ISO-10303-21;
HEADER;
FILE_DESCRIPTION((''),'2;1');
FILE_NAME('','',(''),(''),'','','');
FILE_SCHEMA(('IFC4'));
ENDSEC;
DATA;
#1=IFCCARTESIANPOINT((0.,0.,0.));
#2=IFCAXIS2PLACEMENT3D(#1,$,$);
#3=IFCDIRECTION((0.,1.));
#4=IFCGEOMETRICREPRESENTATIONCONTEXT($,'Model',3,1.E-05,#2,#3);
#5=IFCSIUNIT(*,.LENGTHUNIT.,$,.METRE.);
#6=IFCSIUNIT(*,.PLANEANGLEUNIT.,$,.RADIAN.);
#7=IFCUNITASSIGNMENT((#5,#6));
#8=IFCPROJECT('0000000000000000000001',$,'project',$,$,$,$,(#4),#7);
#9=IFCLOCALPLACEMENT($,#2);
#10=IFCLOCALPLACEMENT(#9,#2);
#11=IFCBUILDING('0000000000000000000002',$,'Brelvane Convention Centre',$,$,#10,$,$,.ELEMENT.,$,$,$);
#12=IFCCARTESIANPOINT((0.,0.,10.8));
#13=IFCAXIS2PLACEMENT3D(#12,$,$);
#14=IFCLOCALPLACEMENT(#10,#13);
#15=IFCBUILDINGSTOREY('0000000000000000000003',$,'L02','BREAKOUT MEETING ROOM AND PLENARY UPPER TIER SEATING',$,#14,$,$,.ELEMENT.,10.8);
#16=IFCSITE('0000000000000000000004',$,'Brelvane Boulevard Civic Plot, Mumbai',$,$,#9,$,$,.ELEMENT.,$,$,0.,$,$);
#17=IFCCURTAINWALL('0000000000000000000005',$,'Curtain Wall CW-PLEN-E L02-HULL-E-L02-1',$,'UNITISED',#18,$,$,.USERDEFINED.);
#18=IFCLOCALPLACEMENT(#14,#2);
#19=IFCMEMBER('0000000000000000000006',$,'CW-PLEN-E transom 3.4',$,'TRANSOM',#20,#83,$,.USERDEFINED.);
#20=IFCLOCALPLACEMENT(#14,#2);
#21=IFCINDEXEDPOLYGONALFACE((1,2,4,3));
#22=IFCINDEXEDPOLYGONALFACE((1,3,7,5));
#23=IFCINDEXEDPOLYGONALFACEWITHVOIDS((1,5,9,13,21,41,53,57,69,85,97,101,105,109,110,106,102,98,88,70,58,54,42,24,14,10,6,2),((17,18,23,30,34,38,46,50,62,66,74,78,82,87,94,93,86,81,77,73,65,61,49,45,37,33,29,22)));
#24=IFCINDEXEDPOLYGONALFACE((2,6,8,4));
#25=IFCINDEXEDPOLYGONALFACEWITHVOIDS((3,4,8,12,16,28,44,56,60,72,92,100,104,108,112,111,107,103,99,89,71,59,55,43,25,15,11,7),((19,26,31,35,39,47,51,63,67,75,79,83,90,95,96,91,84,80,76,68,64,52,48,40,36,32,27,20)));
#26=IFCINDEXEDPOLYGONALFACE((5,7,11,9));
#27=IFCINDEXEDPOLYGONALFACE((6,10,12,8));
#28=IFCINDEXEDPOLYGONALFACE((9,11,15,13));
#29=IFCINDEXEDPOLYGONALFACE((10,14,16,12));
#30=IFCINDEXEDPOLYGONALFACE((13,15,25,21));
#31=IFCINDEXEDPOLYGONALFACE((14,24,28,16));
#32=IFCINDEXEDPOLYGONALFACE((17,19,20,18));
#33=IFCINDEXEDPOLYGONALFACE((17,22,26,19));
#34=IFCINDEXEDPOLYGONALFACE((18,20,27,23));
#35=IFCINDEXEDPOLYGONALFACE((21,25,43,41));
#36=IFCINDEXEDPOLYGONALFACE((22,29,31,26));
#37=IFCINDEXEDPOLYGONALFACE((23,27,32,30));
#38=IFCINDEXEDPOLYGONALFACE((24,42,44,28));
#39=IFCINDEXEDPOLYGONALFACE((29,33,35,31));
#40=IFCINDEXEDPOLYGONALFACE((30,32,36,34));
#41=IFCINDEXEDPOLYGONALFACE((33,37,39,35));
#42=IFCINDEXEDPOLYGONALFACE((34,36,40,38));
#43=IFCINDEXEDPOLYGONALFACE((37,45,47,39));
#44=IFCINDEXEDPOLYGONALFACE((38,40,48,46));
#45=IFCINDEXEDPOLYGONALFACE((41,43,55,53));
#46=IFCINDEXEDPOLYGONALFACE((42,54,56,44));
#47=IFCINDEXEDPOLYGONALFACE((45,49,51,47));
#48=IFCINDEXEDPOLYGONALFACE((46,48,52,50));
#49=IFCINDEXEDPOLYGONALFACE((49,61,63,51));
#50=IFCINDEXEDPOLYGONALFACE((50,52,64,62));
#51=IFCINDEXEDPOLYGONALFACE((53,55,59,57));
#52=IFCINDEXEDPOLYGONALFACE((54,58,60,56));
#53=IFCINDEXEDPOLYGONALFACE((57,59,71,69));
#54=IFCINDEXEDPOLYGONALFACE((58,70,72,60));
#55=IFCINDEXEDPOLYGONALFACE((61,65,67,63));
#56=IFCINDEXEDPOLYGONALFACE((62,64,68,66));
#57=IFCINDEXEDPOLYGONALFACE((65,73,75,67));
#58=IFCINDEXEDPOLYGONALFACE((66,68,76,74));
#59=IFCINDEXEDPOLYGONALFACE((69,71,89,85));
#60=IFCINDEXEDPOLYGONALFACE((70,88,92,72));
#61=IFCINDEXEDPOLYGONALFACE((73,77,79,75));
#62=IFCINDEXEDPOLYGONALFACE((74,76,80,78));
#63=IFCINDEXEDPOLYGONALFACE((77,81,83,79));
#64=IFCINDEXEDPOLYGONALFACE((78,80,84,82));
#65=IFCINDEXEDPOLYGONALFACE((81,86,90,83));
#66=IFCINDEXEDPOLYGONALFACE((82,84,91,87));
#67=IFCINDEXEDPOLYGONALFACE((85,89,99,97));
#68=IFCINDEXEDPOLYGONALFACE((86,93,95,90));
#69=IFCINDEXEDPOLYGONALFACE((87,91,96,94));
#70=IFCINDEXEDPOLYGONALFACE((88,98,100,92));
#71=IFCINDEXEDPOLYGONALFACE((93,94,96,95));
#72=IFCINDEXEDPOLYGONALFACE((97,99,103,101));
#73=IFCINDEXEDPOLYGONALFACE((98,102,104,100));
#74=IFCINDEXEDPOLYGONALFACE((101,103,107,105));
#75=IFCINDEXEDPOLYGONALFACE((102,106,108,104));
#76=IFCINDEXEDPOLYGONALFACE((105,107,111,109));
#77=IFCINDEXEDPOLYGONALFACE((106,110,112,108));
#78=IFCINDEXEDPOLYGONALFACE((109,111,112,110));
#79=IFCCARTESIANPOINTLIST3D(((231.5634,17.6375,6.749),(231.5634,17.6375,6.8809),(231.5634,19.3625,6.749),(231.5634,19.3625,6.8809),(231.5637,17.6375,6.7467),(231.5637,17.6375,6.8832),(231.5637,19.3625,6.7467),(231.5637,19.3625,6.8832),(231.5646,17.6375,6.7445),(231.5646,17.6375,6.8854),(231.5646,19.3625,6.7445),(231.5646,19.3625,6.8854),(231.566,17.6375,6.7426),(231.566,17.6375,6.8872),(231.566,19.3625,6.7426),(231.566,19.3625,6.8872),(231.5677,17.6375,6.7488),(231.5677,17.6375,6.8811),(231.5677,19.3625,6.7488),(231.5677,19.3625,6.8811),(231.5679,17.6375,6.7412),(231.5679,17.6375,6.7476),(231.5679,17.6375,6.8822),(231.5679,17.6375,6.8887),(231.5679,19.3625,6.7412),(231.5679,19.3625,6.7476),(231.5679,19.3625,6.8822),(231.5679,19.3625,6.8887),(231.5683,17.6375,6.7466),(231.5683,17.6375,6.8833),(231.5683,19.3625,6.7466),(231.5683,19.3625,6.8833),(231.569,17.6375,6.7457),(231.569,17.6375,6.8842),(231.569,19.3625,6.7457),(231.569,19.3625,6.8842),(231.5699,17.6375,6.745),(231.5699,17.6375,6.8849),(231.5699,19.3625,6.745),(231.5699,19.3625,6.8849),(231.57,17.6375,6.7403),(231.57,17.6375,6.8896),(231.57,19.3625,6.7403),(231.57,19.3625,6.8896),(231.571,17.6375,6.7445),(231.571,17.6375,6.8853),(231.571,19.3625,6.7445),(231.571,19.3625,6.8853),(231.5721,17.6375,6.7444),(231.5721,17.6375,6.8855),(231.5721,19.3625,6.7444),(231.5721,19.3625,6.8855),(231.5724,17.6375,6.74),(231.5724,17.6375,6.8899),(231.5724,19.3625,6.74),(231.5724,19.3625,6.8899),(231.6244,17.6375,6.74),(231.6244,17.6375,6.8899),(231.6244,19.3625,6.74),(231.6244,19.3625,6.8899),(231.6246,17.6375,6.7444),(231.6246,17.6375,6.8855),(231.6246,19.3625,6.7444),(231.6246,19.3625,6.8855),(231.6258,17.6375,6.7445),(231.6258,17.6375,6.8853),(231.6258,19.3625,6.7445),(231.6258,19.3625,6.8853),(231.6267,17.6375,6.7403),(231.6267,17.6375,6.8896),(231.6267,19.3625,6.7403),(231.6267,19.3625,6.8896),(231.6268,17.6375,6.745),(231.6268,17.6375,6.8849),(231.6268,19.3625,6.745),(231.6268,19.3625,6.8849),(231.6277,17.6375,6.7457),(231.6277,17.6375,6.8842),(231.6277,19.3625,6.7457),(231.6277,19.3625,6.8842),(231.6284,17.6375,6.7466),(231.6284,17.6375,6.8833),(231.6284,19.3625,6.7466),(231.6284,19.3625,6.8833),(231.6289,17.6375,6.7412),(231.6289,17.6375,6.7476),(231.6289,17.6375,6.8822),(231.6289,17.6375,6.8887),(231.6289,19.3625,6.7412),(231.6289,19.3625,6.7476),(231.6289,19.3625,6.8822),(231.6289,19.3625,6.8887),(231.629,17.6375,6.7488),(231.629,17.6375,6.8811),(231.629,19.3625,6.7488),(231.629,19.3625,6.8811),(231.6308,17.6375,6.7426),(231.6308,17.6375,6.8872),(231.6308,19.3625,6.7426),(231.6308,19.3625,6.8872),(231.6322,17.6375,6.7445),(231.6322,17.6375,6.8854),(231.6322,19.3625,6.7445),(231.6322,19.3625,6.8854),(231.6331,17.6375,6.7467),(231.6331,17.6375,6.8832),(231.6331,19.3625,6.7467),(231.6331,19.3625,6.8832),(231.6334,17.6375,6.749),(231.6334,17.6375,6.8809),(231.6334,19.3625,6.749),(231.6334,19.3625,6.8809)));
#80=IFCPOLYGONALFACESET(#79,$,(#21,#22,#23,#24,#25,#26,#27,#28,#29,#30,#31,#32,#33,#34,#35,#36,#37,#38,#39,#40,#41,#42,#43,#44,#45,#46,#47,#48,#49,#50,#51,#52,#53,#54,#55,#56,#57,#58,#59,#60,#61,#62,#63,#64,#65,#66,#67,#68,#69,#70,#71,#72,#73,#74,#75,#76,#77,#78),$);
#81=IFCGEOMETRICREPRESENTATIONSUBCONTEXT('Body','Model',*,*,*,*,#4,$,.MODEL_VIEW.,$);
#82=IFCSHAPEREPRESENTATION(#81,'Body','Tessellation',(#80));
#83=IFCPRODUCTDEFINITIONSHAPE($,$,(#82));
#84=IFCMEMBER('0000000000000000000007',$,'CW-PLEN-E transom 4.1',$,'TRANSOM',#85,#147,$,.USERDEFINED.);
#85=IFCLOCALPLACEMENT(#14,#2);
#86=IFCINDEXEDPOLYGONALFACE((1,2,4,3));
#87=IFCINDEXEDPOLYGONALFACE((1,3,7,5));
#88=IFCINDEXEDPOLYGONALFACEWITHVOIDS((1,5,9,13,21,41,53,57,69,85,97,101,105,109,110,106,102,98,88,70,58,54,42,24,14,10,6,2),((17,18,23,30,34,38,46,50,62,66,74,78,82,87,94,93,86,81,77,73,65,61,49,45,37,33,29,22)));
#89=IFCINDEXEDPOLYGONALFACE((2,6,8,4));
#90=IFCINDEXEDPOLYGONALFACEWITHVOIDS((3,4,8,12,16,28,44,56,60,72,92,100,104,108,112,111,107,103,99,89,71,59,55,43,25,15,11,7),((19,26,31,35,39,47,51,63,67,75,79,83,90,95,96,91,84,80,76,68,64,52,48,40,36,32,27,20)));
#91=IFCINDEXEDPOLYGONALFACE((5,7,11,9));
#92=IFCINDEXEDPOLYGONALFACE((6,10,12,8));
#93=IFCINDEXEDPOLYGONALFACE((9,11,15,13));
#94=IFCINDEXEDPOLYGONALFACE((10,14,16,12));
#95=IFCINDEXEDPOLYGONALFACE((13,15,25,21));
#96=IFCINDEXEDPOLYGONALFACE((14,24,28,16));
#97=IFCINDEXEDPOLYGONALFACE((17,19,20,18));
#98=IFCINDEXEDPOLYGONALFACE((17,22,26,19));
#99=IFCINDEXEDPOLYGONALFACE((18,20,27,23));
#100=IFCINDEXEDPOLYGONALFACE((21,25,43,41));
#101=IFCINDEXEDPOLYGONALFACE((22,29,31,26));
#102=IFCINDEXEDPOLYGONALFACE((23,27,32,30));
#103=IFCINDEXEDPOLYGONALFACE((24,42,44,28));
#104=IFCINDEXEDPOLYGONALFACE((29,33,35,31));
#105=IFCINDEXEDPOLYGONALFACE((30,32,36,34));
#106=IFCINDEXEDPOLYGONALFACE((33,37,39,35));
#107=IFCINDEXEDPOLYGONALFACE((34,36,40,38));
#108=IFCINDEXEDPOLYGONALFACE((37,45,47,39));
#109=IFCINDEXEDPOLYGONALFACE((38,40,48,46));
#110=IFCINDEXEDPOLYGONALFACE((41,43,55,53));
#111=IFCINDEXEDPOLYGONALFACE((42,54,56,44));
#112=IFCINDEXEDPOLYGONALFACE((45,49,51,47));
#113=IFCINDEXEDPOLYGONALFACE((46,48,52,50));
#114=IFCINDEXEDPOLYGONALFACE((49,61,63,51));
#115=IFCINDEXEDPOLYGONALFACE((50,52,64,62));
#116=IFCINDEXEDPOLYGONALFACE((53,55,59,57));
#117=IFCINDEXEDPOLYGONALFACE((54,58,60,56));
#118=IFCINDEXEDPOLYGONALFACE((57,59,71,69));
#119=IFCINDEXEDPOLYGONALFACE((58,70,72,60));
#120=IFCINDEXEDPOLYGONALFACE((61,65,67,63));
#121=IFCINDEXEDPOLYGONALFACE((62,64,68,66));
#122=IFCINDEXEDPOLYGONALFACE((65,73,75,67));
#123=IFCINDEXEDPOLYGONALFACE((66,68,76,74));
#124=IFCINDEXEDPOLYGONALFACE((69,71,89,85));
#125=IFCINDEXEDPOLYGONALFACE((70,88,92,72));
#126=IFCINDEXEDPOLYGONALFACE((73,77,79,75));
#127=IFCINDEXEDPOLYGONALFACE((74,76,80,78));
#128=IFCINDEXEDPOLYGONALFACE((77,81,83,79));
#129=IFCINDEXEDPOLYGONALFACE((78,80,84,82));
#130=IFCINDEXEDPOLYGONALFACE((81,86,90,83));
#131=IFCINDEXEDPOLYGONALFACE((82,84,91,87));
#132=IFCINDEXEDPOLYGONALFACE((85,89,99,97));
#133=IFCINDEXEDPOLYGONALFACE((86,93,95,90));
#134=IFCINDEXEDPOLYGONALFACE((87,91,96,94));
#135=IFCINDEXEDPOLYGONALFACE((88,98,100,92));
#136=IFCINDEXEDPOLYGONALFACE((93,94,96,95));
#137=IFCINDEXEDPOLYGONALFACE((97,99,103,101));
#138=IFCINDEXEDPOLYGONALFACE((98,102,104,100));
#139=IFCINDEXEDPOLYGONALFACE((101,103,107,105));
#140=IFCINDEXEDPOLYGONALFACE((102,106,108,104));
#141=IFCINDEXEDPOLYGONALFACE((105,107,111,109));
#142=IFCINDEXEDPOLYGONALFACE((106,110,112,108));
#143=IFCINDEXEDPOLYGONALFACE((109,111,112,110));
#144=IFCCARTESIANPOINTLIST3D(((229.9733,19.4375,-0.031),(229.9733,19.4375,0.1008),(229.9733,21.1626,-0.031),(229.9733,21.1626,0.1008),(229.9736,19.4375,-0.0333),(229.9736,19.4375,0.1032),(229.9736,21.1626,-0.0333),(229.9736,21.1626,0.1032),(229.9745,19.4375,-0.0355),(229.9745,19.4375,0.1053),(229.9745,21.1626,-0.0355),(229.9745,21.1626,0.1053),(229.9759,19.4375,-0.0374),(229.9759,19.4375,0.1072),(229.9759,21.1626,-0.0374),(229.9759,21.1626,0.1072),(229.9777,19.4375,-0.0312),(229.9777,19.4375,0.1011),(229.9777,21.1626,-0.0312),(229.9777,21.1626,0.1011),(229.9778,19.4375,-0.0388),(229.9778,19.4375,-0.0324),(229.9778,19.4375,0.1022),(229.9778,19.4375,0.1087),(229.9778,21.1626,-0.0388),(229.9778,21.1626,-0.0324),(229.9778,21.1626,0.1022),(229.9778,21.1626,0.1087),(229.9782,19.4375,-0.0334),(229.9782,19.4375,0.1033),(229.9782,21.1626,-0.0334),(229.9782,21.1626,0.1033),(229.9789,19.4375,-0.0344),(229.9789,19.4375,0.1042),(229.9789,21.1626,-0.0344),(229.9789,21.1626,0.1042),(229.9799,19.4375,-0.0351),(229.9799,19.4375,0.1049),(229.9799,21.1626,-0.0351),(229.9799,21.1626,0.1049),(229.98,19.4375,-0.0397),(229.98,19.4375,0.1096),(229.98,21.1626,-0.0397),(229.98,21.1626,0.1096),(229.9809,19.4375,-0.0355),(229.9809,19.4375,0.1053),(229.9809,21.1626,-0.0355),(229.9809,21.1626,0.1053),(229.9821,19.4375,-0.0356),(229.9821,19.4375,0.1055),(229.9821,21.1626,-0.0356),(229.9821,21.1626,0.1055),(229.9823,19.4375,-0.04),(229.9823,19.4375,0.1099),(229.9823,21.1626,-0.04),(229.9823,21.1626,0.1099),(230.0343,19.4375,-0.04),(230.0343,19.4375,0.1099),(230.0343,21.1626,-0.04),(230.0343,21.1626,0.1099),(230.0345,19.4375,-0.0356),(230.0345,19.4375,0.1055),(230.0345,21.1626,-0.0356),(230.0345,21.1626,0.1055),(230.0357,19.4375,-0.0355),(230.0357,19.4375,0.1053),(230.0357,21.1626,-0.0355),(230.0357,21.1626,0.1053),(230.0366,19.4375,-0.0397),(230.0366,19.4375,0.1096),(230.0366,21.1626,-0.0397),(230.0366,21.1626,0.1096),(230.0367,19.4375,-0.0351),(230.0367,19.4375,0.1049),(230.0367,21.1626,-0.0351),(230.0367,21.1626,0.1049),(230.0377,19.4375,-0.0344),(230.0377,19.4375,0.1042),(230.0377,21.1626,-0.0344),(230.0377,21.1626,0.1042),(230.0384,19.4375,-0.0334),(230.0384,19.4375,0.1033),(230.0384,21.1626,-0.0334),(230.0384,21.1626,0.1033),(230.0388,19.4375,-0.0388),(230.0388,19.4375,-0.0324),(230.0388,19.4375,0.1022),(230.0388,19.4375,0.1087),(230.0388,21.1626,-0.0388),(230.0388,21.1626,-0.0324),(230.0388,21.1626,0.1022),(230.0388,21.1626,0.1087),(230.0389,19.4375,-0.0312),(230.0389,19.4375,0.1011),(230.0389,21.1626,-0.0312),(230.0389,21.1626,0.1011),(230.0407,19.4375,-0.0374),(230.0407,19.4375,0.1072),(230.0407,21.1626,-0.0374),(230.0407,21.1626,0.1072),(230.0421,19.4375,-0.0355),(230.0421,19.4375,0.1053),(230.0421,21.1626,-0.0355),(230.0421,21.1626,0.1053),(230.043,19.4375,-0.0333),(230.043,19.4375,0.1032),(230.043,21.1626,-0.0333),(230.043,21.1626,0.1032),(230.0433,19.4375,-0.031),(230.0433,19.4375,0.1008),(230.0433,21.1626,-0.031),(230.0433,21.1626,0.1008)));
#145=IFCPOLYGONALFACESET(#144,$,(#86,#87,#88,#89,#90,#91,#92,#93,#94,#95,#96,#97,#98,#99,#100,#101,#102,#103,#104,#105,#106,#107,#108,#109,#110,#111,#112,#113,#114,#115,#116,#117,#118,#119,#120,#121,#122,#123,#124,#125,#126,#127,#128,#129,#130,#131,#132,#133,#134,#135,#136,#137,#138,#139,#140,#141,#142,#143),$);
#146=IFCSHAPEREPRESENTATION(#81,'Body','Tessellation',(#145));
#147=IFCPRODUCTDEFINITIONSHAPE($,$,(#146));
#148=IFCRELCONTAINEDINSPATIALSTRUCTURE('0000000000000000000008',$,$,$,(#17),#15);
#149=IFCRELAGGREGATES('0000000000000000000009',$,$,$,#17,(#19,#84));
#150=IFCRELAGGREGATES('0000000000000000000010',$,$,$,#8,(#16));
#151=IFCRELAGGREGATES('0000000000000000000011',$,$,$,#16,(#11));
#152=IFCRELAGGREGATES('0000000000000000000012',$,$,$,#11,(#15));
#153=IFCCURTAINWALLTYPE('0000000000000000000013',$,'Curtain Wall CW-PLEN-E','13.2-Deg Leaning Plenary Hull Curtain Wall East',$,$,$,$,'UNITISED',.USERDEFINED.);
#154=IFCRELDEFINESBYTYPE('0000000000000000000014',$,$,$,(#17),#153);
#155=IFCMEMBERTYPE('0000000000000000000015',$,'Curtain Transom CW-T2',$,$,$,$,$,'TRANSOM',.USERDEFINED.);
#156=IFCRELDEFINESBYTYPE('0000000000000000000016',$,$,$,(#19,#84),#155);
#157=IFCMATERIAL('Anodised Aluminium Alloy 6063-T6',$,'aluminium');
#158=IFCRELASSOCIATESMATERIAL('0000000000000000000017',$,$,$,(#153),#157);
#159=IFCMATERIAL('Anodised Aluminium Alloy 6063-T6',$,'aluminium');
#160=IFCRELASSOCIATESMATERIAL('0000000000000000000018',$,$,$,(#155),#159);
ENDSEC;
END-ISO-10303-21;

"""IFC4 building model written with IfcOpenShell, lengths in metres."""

from ifc_helpers import new_model, si_unit, direction, frame, origin, origin_2d, place, context, subcontext, project, spatial, hollow_rectangle, extrude, material, material_profile, profile_set, type_object, element, aggregate, save


model = new_model("IFC4")

# Units and contexts
model_context = context("Model", 3, precision=1e-05, world=origin(), true_north=direction((0.0, 1.0)))
body_context = subcontext(model_context, "Body", "Model", "MODEL_VIEW")
ifc_project = project(units=[si_unit("LENGTHUNIT", "METRE"), si_unit("PLANEANGLEUNIT", "RADIAN")], contexts=[model_context])

# Site, building, storey
site_placement = place(None, origin())
site = spatial("IfcSite", under=ifc_project, at=site_placement, Name="Brelvane Boulevard Civic Plot, Mumbai", CompositionType="ELEMENT", RefElevation=0.0)
building_placement = place(site_placement, origin())
building = spatial("IfcBuilding", under=site, at=building_placement, Name="Brelvane Convention Centre", CompositionType="ELEMENT")
storey_placement = place(building_placement, frame((0.0, 0.0, 10.8)))
storey = spatial("IfcBuildingStorey", under=building, at=storey_placement, Name="L02", Description="BREAKOUT MEETING ROOM AND PLENARY UPPER TIER SEATING", CompositionType="ELEMENT", Elevation=10.8)

# Curtain wall, members
ifc_material_1 = material(Name="Anodised Aluminium Alloy 6063-T6", Category="aluminium")
curtain_wall_type = type_object("IfcCurtainWallType", Name="Curtain Wall CW-PLEN-E", Description="13.2-Deg Leaning Plenary Hull Curtain Wall East", ElementType="UNITISED", PredefinedType="USERDEFINED", material=ifc_material_1)
curtain_wall_placement = place(storey_placement, origin())
curtain_wall = element("IfcCurtainWall", 1, at=curtain_wall_placement, inside=storey, type_object=curtain_wall_type, Name="Curtain Wall CW-PLEN-E L02-HULL-E-L02-1", ObjectType="UNITISED", PredefinedType="USERDEFINED")
ifc_material_2 = material(Name="Anodised Aluminium Alloy 6063-T6", Category="aluminium")
ifc_material_profile_1 = material_profile(ifc_material_2, hollow_rectangle(XDim=0.0701, YDim=0.1499, WallThickness=0.0044, InnerFilletRadius=0.0044, OuterFilletRadius=0.009, at=origin_2d()), Name="ALU-T 150x70x4.5")
ifc_profile_set_1 = profile_set([ifc_material_profile_1], Name="Anodised Aluminium Alloy 6063-T6")
member_type_1 = type_object("IfcMemberType", Name="Curtain Transom CW-T2", ElementType="TRANSOM", PredefinedType="USERDEFINED", material=ifc_profile_set_1)
member_1_placement = place(storey_placement, frame((231.5984, 17.6375, 6.8149), z_axis=(0.0, 1.0, 0.0), x_axis=(-1.0, 0.0, 0.0)))
member_1 = element("IfcMember", 2, at=member_1_placement, type_object=member_type_1, Name="CW-PLEN-E transom 3.4", ObjectType="TRANSOM", PredefinedType="USERDEFINED", context=body_context, shape_type="SweptSolid", body=[
    extrude(hollow_rectangle(XDim=0.0701, YDim=0.1499, WallThickness=0.0044, InnerFilletRadius=0.0044, OuterFilletRadius=0.009, at=origin_2d()), origin(), (0.0, 0.0, 1.0), 1.7251),
])
member_2_placement = place(storey_placement, frame((230.0083, 19.4375, 0.0349), z_axis=(0.0, 1.0, 0.0), x_axis=(-1.0, 0.0, 0.0)))
member_2 = element("IfcMember", 3, at=member_2_placement, type_object=member_type_1, Name="CW-PLEN-E transom 4.1", ObjectType="TRANSOM", PredefinedType="USERDEFINED", context=body_context, shape_type="SweptSolid", body=[
    extrude(hollow_rectangle(XDim=0.0701, YDim=0.1499, WallThickness=0.0044, InnerFilletRadius=0.0044, OuterFilletRadius=0.009, at=origin_2d()), origin(), (0.0, 0.0, 1.0), 1.7251),
])
aggregate(curtain_wall, [member_1, member_2])

save(model, "model.ifc")
